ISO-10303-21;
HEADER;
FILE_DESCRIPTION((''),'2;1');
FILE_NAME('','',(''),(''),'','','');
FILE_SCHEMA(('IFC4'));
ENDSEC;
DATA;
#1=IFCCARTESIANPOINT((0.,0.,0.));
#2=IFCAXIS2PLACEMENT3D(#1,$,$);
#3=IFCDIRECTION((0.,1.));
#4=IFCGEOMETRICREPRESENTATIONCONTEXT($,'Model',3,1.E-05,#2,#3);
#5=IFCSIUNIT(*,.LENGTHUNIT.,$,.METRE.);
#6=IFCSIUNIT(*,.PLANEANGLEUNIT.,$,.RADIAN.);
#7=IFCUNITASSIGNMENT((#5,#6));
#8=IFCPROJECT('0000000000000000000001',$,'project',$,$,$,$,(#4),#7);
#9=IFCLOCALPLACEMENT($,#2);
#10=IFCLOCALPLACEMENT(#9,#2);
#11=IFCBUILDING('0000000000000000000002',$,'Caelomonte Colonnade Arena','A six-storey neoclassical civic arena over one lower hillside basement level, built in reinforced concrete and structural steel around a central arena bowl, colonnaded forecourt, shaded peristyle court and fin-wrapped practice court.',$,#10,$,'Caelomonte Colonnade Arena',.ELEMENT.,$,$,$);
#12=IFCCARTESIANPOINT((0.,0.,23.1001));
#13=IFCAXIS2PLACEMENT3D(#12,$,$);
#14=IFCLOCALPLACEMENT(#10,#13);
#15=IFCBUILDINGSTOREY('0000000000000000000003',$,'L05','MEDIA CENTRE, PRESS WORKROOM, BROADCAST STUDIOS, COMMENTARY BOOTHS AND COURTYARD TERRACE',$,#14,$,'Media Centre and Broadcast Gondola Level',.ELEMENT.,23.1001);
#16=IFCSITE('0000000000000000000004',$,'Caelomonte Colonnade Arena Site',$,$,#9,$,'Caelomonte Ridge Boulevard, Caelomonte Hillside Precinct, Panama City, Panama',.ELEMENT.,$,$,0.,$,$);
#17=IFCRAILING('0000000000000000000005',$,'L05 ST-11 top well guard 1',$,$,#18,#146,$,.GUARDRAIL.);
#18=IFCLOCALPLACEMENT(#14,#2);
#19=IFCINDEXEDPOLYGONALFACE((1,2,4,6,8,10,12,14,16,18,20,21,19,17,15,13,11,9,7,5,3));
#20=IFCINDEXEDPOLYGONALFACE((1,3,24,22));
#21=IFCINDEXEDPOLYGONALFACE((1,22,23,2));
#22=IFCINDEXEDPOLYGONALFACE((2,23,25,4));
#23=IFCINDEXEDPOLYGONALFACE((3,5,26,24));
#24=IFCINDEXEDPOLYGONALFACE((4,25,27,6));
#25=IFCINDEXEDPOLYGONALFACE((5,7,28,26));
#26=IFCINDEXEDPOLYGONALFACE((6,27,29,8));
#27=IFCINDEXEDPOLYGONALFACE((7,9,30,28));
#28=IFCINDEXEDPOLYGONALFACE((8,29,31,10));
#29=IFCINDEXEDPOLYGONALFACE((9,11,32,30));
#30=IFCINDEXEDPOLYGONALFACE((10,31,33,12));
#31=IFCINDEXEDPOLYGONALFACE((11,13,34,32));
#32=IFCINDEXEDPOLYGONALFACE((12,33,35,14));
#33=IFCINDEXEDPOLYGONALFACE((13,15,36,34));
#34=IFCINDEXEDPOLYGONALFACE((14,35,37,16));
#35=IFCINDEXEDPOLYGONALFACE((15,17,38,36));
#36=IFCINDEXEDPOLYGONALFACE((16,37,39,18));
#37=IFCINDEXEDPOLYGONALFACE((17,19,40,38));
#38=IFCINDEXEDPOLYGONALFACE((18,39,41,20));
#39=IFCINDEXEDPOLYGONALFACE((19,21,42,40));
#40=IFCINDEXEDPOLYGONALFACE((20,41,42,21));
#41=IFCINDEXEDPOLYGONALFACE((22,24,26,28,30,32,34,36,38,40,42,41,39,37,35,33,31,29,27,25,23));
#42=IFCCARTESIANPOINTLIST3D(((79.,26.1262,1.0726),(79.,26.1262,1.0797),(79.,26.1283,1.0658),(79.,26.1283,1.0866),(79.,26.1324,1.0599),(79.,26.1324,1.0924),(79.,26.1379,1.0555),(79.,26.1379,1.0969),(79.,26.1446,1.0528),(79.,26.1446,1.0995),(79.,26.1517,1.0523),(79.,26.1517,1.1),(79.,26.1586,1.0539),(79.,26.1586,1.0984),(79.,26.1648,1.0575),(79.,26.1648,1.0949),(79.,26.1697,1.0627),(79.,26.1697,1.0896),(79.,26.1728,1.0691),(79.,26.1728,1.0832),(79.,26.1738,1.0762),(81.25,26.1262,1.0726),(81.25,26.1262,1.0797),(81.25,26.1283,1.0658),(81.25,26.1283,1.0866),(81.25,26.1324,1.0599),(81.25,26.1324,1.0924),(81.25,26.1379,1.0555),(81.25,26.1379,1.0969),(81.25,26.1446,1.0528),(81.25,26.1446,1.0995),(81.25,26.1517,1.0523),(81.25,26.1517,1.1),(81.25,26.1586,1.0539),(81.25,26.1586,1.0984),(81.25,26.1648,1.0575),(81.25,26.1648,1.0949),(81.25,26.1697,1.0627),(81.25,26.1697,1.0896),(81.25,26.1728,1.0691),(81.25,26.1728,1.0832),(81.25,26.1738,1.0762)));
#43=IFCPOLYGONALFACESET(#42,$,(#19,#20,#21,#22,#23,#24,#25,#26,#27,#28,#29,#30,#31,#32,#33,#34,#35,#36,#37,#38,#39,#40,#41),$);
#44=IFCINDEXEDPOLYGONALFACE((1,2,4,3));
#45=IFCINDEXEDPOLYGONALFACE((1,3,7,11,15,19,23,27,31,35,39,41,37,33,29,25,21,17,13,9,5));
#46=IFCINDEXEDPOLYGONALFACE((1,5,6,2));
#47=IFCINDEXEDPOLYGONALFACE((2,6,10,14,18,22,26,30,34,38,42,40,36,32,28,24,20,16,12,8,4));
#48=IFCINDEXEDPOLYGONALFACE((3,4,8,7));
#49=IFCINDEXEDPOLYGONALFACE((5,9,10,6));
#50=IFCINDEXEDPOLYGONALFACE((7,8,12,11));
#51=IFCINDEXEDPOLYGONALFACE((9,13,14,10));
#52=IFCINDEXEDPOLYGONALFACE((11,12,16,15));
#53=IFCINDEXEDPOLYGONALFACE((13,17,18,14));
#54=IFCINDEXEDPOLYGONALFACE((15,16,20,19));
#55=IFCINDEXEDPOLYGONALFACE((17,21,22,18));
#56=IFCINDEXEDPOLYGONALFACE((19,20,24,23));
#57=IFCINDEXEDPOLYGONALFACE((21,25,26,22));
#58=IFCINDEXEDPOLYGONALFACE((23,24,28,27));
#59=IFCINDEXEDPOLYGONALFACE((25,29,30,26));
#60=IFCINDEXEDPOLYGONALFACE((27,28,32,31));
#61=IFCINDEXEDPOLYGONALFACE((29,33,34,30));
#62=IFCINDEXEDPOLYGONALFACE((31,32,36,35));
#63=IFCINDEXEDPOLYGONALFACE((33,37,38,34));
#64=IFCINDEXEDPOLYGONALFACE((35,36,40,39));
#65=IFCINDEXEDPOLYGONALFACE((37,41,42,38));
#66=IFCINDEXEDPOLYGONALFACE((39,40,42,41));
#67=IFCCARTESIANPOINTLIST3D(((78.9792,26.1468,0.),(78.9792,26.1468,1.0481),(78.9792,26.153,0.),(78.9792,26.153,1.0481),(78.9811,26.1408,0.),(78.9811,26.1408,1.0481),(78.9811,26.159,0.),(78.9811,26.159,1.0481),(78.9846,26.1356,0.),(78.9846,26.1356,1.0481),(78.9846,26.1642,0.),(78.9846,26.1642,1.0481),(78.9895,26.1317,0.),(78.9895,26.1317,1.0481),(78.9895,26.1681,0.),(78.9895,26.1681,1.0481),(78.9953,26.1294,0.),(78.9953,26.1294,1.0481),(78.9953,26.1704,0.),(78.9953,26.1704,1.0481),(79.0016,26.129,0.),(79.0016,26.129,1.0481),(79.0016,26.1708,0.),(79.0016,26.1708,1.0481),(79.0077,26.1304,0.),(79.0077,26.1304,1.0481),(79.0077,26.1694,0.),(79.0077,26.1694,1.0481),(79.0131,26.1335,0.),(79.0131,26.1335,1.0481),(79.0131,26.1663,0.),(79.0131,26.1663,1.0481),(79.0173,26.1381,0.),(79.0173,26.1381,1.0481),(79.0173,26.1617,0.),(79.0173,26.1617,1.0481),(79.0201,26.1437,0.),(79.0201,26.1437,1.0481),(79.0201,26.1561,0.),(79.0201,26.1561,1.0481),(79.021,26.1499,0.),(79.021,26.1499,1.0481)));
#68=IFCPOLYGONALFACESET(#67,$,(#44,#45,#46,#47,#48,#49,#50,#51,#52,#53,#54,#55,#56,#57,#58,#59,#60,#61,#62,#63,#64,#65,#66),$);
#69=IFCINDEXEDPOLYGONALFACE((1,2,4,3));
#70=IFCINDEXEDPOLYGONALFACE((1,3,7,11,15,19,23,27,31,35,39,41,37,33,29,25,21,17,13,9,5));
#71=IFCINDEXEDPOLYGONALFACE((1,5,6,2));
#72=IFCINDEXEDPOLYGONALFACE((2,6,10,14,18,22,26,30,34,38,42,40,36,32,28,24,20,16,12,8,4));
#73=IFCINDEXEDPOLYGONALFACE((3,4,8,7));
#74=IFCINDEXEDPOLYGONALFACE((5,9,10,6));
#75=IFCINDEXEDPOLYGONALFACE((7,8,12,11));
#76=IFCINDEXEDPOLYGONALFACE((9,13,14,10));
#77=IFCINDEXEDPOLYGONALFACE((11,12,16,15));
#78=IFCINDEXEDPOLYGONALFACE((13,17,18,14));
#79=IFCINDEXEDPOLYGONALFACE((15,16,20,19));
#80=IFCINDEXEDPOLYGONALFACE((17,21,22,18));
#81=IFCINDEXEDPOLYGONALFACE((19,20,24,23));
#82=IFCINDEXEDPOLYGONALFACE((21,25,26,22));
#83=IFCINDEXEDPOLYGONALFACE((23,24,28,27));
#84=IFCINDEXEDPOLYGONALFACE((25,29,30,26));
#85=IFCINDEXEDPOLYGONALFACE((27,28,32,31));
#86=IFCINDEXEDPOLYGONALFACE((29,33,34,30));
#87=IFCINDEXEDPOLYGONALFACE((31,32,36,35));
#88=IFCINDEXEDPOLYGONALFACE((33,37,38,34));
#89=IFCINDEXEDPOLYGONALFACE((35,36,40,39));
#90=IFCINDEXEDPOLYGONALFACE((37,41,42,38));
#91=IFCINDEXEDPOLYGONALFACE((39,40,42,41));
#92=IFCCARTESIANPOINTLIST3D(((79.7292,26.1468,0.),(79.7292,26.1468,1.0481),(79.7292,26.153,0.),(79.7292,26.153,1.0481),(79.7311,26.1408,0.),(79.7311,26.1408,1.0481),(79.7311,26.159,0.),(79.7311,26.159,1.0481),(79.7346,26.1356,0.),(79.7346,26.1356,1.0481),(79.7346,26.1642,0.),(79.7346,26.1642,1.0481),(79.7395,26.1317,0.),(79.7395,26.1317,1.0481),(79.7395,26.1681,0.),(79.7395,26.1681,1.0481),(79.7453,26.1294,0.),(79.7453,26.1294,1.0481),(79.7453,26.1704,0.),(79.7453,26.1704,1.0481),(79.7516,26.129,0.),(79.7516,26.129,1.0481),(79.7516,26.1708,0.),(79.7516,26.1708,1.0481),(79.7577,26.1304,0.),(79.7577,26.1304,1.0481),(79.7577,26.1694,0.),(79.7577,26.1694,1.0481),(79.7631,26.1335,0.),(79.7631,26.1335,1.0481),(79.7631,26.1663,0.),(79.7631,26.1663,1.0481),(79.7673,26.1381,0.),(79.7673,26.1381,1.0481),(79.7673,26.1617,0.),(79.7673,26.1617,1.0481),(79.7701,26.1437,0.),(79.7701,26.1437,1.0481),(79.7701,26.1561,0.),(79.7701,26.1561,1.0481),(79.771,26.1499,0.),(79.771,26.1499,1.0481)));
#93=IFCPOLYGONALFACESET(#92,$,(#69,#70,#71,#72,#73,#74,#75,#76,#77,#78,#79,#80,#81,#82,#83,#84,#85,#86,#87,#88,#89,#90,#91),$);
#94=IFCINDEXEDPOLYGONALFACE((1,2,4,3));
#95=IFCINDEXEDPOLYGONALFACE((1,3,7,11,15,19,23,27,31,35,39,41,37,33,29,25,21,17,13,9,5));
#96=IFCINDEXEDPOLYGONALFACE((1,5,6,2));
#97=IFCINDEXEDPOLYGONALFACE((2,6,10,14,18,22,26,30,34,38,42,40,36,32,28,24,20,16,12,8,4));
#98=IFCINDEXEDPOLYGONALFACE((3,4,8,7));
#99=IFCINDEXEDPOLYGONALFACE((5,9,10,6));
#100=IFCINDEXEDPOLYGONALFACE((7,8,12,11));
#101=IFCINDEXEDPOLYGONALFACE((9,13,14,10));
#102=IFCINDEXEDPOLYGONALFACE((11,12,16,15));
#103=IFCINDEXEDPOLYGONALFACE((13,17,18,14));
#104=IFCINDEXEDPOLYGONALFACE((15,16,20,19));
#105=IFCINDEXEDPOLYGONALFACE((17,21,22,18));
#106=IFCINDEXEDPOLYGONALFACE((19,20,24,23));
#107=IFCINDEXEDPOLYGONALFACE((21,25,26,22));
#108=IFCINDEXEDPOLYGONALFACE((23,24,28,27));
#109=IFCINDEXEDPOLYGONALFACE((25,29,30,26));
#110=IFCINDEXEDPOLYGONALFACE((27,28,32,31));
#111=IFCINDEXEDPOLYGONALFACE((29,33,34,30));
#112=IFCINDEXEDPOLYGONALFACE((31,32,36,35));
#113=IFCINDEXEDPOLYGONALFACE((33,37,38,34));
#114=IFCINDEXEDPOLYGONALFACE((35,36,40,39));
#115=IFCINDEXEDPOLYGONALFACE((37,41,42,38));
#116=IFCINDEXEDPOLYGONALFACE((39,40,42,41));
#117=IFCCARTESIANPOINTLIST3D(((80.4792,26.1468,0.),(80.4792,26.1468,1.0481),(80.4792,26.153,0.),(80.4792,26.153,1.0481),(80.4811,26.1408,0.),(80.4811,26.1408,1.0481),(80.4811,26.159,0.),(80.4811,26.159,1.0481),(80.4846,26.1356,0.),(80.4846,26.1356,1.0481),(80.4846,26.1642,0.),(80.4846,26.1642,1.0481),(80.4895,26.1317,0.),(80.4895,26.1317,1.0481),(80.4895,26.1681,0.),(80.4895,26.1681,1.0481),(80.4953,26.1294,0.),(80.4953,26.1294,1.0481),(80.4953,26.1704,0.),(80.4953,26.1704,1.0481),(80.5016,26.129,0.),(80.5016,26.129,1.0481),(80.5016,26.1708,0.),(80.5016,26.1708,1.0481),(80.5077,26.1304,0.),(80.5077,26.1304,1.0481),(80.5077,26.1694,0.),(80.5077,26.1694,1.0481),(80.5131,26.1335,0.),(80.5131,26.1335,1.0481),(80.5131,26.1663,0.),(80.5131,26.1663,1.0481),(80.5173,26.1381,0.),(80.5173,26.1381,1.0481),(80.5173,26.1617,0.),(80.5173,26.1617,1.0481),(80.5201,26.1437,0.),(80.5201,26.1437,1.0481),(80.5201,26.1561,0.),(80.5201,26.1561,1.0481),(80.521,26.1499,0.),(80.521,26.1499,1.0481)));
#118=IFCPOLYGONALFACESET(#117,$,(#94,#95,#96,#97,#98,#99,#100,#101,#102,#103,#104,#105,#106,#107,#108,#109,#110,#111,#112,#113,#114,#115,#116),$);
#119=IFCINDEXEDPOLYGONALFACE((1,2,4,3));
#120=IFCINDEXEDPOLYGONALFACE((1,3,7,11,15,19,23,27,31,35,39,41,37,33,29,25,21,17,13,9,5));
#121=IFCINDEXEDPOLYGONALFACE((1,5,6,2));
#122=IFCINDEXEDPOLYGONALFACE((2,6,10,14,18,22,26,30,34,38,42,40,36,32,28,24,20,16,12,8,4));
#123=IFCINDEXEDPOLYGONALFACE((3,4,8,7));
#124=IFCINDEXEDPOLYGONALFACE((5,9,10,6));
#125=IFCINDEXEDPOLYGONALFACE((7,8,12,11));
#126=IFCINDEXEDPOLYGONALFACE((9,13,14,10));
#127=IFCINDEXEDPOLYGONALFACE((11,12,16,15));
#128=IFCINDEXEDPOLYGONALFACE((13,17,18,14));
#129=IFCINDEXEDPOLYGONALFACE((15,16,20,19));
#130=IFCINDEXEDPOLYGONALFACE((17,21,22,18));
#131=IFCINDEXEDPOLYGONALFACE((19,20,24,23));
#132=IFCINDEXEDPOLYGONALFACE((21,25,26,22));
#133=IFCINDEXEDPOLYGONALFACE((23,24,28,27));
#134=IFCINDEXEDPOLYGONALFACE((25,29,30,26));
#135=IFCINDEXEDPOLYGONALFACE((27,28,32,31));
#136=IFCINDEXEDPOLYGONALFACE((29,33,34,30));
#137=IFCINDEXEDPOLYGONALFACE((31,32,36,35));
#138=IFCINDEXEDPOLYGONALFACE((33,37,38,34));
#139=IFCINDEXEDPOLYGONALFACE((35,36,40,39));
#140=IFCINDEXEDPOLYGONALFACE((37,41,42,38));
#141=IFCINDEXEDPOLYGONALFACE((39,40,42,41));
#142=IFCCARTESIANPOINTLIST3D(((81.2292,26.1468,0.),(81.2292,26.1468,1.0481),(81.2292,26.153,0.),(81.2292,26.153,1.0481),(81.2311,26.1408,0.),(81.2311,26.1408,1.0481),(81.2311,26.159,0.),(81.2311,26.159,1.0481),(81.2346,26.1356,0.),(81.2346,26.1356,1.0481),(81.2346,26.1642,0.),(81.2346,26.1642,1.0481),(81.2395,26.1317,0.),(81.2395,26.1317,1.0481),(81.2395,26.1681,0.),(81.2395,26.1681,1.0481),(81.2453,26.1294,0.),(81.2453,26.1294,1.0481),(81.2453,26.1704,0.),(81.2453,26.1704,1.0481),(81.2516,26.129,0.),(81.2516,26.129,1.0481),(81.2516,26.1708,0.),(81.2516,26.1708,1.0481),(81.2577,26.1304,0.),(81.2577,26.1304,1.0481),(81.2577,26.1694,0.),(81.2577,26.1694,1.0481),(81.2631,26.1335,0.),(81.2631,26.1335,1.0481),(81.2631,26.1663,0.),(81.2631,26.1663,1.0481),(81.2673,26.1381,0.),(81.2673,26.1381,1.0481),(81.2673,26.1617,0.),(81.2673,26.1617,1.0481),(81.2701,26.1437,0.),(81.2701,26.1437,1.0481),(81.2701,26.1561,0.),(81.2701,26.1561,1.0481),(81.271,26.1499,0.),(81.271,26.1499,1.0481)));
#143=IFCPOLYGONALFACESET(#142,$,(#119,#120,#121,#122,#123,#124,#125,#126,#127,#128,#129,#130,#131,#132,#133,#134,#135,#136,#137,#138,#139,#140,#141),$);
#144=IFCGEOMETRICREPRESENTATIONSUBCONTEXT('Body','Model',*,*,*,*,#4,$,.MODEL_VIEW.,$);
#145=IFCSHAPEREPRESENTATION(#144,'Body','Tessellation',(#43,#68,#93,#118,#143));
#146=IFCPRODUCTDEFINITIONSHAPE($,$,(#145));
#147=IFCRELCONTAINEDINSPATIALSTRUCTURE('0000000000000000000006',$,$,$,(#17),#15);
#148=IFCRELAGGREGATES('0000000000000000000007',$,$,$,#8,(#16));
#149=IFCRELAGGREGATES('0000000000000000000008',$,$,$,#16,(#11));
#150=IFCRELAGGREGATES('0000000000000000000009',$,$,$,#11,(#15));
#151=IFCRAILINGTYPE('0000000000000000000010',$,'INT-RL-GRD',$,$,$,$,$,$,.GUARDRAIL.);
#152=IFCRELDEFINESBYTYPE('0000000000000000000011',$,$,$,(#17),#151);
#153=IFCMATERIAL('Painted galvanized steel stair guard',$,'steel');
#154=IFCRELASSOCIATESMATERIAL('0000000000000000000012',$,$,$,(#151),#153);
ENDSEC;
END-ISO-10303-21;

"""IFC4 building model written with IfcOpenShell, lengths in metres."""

from ifc_helpers import new_model, si_unit, direction, frame, origin, origin_2d, place, context, subcontext, project, spatial, circle, extrude, material, type_object, element, save


model = new_model("IFC4")

# Units and contexts
model_context = context("Model", 3, precision=1e-05, world=origin(), true_north=direction((0.0, 1.0)))
body_context = subcontext(model_context, "Body", "Model", "MODEL_VIEW")
ifc_project = project(units=[si_unit("LENGTHUNIT", "METRE"), si_unit("PLANEANGLEUNIT", "RADIAN")], contexts=[model_context])

# Site, building, storey
site_placement = place(None, origin())
site = spatial("IfcSite", under=ifc_project, at=site_placement, Name="Caelomonte Colonnade Arena Site", LongName="Caelomonte Ridge Boulevard, Caelomonte Hillside Precinct, Panama City, Panama", CompositionType="ELEMENT", RefElevation=0.0)
building_placement = place(site_placement, origin())
building = spatial("IfcBuilding", under=site, at=building_placement, Name="Caelomonte Colonnade Arena", Description="A six-storey neoclassical civic arena over one lower hillside basement level, built in reinforced concrete and structural steel around a central arena bowl, colonnaded forecourt, shaded peristyle court and fin-wrapped practice court.", LongName="Caelomonte Colonnade Arena", CompositionType="ELEMENT")
storey_placement = place(building_placement, frame((0.0, 0.0, 23.1001)))
storey = spatial("IfcBuildingStorey", under=building, at=storey_placement, Name="L05", Description="MEDIA CENTRE, PRESS WORKROOM, BROADCAST STUDIOS, COMMENTARY BOOTHS AND COURTYARD TERRACE", LongName="Media Centre and Broadcast Gondola Level", CompositionType="ELEMENT", Elevation=23.1001)

# Railing
ifc_material_1 = material(Name="Painted galvanized steel stair guard", Category="steel")
railing_type = type_object("IfcRailingType", Name="INT-RL-GRD", PredefinedType="GUARDRAIL", material=ifc_material_1)
railing_placement = place(storey_placement, frame((79.0, 26.1499, 0.0)))
element("IfcRailing", 1, at=railing_placement, inside=storey, type_object=railing_type, Name="L05 ST-11 top well guard 1", PredefinedType="GUARDRAIL", context=body_context, shape_type="SweptSolid", body=[
    extrude(circle(Radius=0.0239, at=origin_2d()), frame((0.0, 0.0, 1.0762), z_axis=(1.0, 0.0, 0.0), x_axis=(0.0, 1.0, 0.0)), (0.0, 0.0, 1.0), 2.25),
    extrude(circle(Radius=0.021, at=origin_2d()), origin(), (0.0, 0.0, 1.0), 1.0481),
    extrude(circle(Radius=0.021, at=origin_2d()), frame((0.75, 0.0, 0.0)), (0.0, 0.0, 1.0), 1.0481),
    extrude(circle(Radius=0.021, at=origin_2d()), frame((1.5, 0.0, 0.0)), (0.0, 0.0, 1.0), 1.0481),
    extrude(circle(Radius=0.021, at=origin_2d()), frame((2.25, 0.0, 0.0)), (0.0, 0.0, 1.0), 1.0481),
])

save(model, "model.ifc")
